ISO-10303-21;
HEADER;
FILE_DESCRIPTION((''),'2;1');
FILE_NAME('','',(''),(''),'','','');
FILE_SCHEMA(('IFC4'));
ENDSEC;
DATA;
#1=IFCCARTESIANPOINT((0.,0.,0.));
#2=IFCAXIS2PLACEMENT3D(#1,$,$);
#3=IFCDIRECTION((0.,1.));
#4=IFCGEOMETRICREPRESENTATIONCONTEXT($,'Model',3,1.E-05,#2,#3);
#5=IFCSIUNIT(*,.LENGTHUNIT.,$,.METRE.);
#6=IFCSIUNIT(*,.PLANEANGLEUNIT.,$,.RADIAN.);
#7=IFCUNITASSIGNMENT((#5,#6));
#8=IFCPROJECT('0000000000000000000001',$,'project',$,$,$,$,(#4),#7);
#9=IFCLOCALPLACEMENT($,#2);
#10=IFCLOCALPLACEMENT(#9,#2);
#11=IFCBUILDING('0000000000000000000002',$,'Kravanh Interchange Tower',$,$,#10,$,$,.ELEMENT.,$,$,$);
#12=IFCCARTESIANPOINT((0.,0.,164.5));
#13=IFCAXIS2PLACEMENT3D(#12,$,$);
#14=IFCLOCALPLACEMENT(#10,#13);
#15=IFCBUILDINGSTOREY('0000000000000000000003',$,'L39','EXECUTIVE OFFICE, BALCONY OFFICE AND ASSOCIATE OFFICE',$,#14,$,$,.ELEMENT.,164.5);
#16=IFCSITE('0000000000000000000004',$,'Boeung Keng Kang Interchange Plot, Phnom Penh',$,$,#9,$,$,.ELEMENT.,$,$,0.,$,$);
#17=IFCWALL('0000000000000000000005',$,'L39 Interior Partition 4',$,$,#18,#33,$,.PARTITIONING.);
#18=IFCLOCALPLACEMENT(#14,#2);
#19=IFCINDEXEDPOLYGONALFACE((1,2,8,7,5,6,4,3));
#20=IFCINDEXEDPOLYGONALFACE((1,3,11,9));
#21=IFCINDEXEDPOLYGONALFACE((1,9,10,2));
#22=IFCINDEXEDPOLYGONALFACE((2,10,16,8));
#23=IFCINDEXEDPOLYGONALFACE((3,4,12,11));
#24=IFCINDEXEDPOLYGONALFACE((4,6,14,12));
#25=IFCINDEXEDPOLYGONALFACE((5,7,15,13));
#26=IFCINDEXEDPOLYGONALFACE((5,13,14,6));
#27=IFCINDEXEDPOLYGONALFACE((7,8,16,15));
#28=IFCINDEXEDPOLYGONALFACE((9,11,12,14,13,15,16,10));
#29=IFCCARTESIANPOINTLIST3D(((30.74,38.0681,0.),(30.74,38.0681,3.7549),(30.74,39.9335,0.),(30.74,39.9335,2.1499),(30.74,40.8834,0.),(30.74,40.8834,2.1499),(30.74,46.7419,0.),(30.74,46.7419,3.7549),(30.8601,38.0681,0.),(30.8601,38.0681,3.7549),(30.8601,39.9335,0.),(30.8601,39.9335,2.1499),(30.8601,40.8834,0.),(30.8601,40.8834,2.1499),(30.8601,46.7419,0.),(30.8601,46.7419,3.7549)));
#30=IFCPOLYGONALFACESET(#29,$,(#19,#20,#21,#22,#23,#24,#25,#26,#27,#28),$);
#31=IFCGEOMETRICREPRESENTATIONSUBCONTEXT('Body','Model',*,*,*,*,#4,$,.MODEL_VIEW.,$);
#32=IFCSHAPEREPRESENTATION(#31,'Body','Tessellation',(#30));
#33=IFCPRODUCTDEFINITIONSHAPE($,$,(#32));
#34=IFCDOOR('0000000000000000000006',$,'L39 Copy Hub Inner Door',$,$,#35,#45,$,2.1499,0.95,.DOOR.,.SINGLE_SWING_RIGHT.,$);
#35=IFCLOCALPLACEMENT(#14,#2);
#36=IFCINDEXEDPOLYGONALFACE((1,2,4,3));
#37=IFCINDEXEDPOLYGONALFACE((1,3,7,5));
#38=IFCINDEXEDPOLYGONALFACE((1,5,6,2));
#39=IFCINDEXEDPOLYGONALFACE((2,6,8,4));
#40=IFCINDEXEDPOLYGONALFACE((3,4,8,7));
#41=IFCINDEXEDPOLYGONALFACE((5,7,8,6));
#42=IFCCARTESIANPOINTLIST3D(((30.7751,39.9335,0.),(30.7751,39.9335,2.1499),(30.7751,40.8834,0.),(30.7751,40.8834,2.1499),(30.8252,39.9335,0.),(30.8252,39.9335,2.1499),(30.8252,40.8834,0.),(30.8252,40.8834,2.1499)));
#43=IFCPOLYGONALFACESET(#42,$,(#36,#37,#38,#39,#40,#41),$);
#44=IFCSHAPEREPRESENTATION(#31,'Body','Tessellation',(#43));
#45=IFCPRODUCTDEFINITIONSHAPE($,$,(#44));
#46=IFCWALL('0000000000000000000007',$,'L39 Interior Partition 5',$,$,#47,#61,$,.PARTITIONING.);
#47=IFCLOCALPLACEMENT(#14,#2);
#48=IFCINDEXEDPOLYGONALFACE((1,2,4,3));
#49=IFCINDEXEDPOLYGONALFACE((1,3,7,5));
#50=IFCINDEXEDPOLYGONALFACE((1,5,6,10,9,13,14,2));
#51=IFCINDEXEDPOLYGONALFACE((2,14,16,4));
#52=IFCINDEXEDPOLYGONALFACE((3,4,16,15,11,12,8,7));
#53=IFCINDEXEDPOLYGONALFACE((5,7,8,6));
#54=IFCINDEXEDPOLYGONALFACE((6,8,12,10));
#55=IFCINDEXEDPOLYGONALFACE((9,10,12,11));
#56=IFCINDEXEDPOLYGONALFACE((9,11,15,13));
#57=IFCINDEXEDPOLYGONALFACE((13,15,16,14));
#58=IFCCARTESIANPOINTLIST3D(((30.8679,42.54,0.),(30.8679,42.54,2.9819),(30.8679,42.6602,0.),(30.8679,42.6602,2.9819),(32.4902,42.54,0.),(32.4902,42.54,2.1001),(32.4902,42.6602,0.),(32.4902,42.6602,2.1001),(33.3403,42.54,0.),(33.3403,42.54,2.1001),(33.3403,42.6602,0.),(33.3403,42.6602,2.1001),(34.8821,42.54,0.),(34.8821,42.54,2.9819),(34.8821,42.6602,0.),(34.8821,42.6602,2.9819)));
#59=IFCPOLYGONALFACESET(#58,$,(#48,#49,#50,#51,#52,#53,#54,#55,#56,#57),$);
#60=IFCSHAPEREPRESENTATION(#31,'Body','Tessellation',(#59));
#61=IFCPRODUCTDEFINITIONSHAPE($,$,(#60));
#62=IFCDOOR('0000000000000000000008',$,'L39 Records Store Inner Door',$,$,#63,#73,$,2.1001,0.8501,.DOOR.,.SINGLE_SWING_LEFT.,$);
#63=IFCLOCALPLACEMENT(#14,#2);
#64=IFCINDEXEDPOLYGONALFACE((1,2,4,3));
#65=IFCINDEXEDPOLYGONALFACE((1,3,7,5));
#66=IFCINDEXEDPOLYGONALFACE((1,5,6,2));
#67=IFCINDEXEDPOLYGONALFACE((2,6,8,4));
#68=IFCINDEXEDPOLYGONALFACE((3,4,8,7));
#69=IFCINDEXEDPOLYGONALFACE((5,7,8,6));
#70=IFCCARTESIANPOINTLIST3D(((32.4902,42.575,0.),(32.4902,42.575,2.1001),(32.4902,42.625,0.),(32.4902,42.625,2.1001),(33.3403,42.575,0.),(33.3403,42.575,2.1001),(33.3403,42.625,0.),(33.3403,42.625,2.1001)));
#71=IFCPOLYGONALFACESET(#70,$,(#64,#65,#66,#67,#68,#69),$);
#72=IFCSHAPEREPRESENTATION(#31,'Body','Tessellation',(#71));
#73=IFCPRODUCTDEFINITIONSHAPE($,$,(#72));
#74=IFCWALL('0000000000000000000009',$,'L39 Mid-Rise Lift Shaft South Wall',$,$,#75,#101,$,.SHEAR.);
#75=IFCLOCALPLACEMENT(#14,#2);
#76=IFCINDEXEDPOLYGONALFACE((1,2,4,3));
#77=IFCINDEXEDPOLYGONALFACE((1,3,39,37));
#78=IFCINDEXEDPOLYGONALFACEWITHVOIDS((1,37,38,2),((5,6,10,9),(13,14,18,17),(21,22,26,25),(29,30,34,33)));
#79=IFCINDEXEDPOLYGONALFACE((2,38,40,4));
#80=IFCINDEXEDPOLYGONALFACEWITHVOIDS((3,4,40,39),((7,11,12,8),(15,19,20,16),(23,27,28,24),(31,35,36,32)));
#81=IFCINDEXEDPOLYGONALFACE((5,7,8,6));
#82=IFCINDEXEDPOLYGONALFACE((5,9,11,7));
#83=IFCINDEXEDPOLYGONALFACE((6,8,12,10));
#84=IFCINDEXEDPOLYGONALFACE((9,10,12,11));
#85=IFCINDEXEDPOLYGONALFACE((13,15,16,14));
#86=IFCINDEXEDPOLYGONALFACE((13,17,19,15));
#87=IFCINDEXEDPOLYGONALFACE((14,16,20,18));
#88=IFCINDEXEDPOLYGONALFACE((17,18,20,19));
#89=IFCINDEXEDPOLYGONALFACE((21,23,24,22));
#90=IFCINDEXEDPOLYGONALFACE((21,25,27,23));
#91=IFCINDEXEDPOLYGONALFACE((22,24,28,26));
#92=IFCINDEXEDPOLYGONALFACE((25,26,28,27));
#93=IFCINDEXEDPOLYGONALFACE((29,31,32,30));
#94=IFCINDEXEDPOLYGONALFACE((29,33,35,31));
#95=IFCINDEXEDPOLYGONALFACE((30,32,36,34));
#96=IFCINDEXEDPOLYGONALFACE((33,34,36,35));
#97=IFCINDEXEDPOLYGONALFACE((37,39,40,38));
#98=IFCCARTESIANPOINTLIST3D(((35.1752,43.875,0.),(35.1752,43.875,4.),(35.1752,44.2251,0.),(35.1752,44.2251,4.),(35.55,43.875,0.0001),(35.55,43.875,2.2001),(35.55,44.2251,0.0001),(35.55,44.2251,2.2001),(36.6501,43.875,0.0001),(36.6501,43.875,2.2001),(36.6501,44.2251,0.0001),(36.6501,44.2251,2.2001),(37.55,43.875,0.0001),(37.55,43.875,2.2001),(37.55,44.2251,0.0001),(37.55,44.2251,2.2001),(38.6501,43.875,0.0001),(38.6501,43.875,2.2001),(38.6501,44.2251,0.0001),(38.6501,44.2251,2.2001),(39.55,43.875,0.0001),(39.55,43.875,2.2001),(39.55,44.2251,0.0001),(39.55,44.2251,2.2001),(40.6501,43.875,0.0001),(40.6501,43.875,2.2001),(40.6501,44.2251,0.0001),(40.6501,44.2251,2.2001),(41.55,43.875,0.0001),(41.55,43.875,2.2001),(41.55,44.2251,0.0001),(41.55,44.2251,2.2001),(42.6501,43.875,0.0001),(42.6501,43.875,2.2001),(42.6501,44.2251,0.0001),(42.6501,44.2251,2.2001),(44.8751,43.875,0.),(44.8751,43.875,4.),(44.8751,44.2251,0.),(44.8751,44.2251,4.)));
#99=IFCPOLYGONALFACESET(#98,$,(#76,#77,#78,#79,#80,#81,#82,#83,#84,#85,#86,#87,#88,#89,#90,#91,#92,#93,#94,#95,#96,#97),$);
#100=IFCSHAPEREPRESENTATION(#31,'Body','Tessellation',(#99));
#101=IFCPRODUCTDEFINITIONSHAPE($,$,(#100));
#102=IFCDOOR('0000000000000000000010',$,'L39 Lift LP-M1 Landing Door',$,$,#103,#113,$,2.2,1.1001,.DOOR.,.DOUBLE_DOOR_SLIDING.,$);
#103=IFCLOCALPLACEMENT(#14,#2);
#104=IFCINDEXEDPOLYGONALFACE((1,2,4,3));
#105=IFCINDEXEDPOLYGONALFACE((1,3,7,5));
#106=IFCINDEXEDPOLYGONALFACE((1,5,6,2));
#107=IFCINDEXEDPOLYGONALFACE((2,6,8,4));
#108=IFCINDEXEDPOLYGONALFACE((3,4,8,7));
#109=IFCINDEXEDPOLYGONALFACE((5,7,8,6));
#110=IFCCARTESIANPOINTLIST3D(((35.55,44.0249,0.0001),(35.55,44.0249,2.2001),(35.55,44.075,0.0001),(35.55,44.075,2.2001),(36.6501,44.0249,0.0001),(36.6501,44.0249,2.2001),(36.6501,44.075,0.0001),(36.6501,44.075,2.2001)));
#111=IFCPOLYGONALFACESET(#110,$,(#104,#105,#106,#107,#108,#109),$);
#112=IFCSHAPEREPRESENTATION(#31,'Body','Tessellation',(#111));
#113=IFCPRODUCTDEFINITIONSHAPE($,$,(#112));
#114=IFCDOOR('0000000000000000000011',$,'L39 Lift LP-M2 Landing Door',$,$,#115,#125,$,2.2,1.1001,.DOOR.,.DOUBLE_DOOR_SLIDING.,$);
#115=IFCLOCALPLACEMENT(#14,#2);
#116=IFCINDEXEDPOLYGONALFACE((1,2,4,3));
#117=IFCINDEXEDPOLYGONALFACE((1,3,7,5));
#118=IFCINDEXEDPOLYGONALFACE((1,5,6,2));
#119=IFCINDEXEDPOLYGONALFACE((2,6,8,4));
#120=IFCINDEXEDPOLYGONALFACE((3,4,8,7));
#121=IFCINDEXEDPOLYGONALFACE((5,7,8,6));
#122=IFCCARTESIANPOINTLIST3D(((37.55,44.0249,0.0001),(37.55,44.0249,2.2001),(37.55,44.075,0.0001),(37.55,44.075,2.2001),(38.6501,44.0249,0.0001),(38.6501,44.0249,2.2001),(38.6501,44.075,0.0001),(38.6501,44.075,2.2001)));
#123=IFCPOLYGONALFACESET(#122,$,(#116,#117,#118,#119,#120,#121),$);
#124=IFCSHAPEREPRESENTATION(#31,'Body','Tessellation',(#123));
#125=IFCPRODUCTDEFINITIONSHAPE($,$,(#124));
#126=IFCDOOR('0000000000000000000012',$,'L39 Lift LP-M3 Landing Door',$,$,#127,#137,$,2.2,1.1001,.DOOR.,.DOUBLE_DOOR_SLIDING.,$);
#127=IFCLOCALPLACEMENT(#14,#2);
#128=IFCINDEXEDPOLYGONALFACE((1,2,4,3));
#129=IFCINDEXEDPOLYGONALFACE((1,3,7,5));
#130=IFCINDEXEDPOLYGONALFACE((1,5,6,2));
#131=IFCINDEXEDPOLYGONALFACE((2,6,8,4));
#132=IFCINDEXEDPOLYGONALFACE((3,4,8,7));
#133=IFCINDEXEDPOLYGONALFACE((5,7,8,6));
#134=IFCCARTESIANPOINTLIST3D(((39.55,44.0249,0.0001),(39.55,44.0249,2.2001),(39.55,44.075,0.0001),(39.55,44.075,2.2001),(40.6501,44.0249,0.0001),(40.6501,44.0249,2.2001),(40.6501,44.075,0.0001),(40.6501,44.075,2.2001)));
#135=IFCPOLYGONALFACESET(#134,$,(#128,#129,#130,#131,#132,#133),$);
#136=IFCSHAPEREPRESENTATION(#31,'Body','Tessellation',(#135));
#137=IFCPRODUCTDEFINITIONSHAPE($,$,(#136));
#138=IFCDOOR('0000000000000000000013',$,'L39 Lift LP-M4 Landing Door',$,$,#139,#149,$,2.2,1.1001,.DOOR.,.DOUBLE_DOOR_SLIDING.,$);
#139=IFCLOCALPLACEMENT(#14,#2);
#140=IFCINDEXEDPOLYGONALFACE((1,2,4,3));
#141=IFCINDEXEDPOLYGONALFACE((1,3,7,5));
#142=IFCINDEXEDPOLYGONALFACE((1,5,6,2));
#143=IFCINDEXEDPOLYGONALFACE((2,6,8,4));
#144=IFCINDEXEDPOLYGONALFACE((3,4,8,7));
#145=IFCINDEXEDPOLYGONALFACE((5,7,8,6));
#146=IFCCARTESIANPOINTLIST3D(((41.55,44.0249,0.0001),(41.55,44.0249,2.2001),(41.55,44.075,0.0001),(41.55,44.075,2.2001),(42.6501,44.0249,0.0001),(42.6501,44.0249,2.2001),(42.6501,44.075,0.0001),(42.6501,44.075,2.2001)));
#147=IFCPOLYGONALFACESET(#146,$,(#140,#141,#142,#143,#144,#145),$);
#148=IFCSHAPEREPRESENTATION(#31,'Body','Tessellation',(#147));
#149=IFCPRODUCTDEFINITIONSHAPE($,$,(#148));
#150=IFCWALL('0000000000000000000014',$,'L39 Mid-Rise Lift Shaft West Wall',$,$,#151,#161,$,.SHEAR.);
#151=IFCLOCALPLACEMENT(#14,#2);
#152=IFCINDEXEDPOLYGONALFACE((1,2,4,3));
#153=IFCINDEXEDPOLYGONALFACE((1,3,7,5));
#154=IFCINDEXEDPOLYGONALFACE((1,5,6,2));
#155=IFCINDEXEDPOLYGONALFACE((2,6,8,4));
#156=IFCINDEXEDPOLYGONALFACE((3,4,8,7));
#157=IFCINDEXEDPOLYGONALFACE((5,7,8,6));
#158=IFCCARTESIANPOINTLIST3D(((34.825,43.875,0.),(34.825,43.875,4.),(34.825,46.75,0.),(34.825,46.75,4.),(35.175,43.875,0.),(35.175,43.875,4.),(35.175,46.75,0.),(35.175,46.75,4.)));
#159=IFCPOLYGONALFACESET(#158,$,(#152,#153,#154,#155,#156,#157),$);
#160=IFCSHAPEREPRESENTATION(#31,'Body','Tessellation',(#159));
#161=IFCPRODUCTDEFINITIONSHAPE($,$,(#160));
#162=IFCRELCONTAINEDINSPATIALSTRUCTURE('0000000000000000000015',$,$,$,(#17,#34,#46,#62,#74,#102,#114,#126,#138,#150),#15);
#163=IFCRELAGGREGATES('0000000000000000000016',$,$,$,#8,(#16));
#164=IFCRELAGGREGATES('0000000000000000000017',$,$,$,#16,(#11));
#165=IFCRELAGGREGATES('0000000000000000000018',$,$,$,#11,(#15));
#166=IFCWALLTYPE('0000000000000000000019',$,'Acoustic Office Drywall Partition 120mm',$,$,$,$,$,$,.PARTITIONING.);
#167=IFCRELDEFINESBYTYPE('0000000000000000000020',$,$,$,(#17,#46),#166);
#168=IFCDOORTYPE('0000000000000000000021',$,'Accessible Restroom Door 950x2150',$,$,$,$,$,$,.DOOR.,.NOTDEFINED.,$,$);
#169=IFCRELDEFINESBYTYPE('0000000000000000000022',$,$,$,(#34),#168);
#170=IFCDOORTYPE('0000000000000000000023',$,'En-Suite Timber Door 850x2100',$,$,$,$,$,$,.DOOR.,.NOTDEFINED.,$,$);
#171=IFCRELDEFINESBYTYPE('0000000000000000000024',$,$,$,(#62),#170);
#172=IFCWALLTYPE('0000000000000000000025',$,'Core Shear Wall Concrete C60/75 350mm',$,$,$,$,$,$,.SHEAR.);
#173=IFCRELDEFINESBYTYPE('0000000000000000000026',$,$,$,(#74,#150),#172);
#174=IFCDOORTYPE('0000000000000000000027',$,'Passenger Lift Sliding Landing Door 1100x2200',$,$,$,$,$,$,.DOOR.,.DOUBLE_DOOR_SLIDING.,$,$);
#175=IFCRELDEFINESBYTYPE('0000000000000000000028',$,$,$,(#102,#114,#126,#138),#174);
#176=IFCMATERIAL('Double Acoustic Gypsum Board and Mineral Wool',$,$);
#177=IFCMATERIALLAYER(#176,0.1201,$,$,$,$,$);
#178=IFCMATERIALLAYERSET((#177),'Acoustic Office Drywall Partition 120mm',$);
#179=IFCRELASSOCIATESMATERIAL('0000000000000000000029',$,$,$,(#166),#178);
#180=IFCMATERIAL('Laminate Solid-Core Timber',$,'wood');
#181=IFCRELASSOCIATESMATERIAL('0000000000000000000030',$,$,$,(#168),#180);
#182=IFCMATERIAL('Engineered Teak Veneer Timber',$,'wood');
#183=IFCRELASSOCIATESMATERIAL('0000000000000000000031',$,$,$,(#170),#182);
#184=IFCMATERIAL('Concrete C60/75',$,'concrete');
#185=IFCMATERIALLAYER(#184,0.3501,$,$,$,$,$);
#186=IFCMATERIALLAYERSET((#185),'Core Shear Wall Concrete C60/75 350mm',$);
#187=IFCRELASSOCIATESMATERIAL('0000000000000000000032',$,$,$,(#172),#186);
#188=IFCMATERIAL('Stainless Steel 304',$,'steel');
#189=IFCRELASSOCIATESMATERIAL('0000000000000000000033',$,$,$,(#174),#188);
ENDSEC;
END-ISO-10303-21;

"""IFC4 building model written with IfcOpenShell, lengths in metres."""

from ifc_helpers import new_model, si_unit, direction, frame, frame_2d, origin, place, context, subcontext, project, spatial, rectangle, extrude, material, layer, layer_set, type_object, element, fill, save


model = new_model("IFC4")

# Units and contexts
model_context = context("Model", 3, precision=1e-05, world=origin(), true_north=direction((0.0, 1.0)))
body_context = subcontext(model_context, "Body", "Model", "MODEL_VIEW")
ifc_project = project(units=[si_unit("LENGTHUNIT", "METRE"), si_unit("PLANEANGLEUNIT", "RADIAN")], contexts=[model_context])

# Site, building, storey
site_placement = place(None, origin())
site = spatial("IfcSite", under=ifc_project, at=site_placement, Name="Boeung Keng Kang Interchange Plot, Phnom Penh", CompositionType="ELEMENT", RefElevation=0.0)
building_placement = place(site_placement, origin())
building = spatial("IfcBuilding", under=site, at=building_placement, Name="Kravanh Interchange Tower", CompositionType="ELEMENT")
storey_placement = place(building_placement, frame((0.0, 0.0, 164.5)))
storey = spatial("IfcBuildingStorey", under=building, at=storey_placement, Name="L39", Description="EXECUTIVE OFFICE, BALCONY OFFICE AND ASSOCIATE OFFICE", CompositionType="ELEMENT", Elevation=164.5)

# Walls, openings, doors
ifc_material_1 = material(Name="Double Acoustic Gypsum Board and Mineral Wool")
ifc_layer_1 = layer(ifc_material_1, 0.1201)
ifc_layer_set_1 = layer_set([ifc_layer_1], Name="Acoustic Office Drywall Partition 120mm")
wall_type_1 = type_object("IfcWallType", Name="Acoustic Office Drywall Partition 120mm", PredefinedType="PARTITIONING", material=ifc_layer_set_1)
wall_1_placement = place(storey_placement, frame((30.8, 38.0681, 0.0), z_axis=(0.0, 0.0, 1.0), x_axis=(0.0, 1.0, 0.0)))
wall_1 = element("IfcWall", 1, at=wall_1_placement, inside=storey, type_object=wall_type_1, Name="L39 Interior Partition 4", PredefinedType="PARTITIONING", context=body_context, shape_type="SweptSolid", body=[
    extrude(rectangle(XDim=8.6738, YDim=0.1201, at=frame_2d((4.3369, 0.0))), origin(), (0.0, 0.0, 1.0), 3.7549),
])
opening_1_placement = place(wall_1_placement, frame((1.8652, 0.0, 0.0)))
opening_1 = element("IfcOpeningElement", 2, at=opening_1_placement, cuts=wall_1, PredefinedType="OPENING", context=body_context, shape_type="SweptSolid", body=[
    extrude(rectangle(XDim=0.95, YDim=2.1499, at=frame_2d((0.4751, 1.075))), frame((0.0, 0.0701, 0.0), z_axis=(0.0, -1.0, 0.0), x_axis=(1.0, 0.0, 0.0)), (0.0, 0.0, 1.0), 0.1401),
])
ifc_material_2 = material(Name="Laminate Solid-Core Timber", Category="wood")
door_type_1 = type_object("IfcDoorType", Name="Accessible Restroom Door 950x2150", OperationType="NOTDEFINED", PredefinedType="DOOR", material=ifc_material_2)
door_1_placement = place(opening_1_placement, origin())
door_1 = element("IfcDoor", 3, at=door_1_placement, inside=storey, type_object=door_type_1, Name="L39 Copy Hub Inner Door", OperationType="SINGLE_SWING_RIGHT", OverallHeight=2.1499, OverallWidth=0.95, PredefinedType="DOOR", context=body_context, shape_type="SweptSolid", body=[
    extrude(rectangle(XDim=0.95, YDim=2.1499, at=frame_2d((0.4751, 1.075))), frame((0.0, 0.0249, 0.0), z_axis=(0.0, -1.0, 0.0), x_axis=(1.0, 0.0, 0.0)), (0.0, 0.0, 1.0), 0.05),
])
fill(opening_1, door_1)
wall_2_placement = place(storey_placement, frame((30.8679, 42.6001, 0.0), z_axis=(0.0, 0.0, 1.0), x_axis=(1.0, 0.0, 0.0)))
wall_2 = element("IfcWall", 4, at=wall_2_placement, inside=storey, type_object=wall_type_1, Name="L39 Interior Partition 5", PredefinedType="PARTITIONING", context=body_context, shape_type="SweptSolid", body=[
    extrude(rectangle(XDim=4.0142, YDim=0.1201, at=frame_2d((2.0071, 0.0))), origin(), (0.0, 0.0, 1.0), 2.9819),
])
opening_2_placement = place(wall_2_placement, frame((1.6223, 0.0, 0.0)))
opening_2 = element("IfcOpeningElement", 5, at=opening_2_placement, cuts=wall_2, PredefinedType="OPENING", context=body_context, shape_type="SweptSolid", body=[
    extrude(rectangle(XDim=0.8501, YDim=2.1001, at=frame_2d((0.425, 1.05))), frame((0.0, 0.0701, 0.0), z_axis=(0.0, -1.0, 0.0), x_axis=(1.0, 0.0, 0.0)), (0.0, 0.0, 1.0), 0.1401),
])
ifc_material_3 = material(Name="Engineered Teak Veneer Timber", Category="wood")
door_type_2 = type_object("IfcDoorType", Name="En-Suite Timber Door 850x2100", OperationType="NOTDEFINED", PredefinedType="DOOR", material=ifc_material_3)
door_2_placement = place(opening_2_placement, origin())
door_2 = element("IfcDoor", 6, at=door_2_placement, inside=storey, type_object=door_type_2, Name="L39 Records Store Inner Door", OperationType="SINGLE_SWING_LEFT", OverallHeight=2.1001, OverallWidth=0.8501, PredefinedType="DOOR", context=body_context, shape_type="SweptSolid", body=[
    extrude(rectangle(XDim=0.8501, YDim=2.1001, at=frame_2d((0.425, 1.05))), frame((0.0, 0.0249, 0.0), z_axis=(0.0, -1.0, 0.0), x_axis=(1.0, 0.0, 0.0)), (0.0, 0.0, 1.0), 0.05),
])
fill(opening_2, door_2)

# Wall, openings, doors
ifc_material_4 = material(Name="Concrete C60/75", Category="concrete")
ifc_layer_2 = layer(ifc_material_4, 0.3501)
ifc_layer_set_2 = layer_set([ifc_layer_2], Name="Core Shear Wall Concrete C60/75 350mm")
wall_type_2 = type_object("IfcWallType", Name="Core Shear Wall Concrete C60/75 350mm", PredefinedType="SHEAR", material=ifc_layer_set_2)
wall_3_placement = place(storey_placement, frame((35.175, 44.05, 0.0), z_axis=(0.0, 0.0, 1.0), x_axis=(1.0, 0.0, 0.0)))
wall_3 = element("IfcWall", 7, at=wall_3_placement, inside=storey, type_object=wall_type_2, Name="L39 Mid-Rise Lift Shaft South Wall", PredefinedType="SHEAR", context=body_context, shape_type="SweptSolid", body=[
    extrude(rectangle(XDim=9.7, YDim=0.3501, at=frame_2d((4.8501, 0.0))), origin(), (0.0, 0.0, 1.0), 4.0),
])
opening_3_placement = place(wall_3_placement, frame((0.375, 0.0, 0.0)))
opening_3 = element("IfcOpeningElement", 8, at=opening_3_placement, cuts=wall_3, PredefinedType="OPENING", context=body_context, shape_type="SweptSolid", body=[
    extrude(rectangle(XDim=1.1001, YDim=2.2, at=frame_2d((0.55, 1.1001))), frame((0.0, 0.1851, 0.0), z_axis=(0.0, -1.0, 0.0), x_axis=(1.0, 0.0, 0.0)), (0.0, 0.0, 1.0), 0.3701),
])
opening_4_placement = place(wall_3_placement, frame((2.375, 0.0, 0.0)))
opening_4 = element("IfcOpeningElement", 9, at=opening_4_placement, cuts=wall_3, PredefinedType="OPENING", context=body_context, shape_type="SweptSolid", body=[
    extrude(rectangle(XDim=1.1001, YDim=2.2, at=frame_2d((0.55, 1.1001))), frame((0.0, 0.1851, 0.0), z_axis=(0.0, -1.0, 0.0), x_axis=(1.0, 0.0, 0.0)), (0.0, 0.0, 1.0), 0.3701),
])
opening_5_placement = place(wall_3_placement, frame((4.375, 0.0, 0.0)))
opening_5 = element("IfcOpeningElement", 10, at=opening_5_placement, cuts=wall_3, PredefinedType="OPENING", context=body_context, shape_type="SweptSolid", body=[
    extrude(rectangle(XDim=1.1001, YDim=2.2, at=frame_2d((0.55, 1.1001))), frame((0.0, 0.1851, 0.0), z_axis=(0.0, -1.0, 0.0), x_axis=(1.0, 0.0, 0.0)), (0.0, 0.0, 1.0), 0.3701),
])
opening_6_placement = place(wall_3_placement, frame((6.375, 0.0, 0.0)))
opening_6 = element("IfcOpeningElement", 11, at=opening_6_placement, cuts=wall_3, PredefinedType="OPENING", context=body_context, shape_type="SweptSolid", body=[
    extrude(rectangle(XDim=1.1001, YDim=2.2, at=frame_2d((0.55, 1.1001))), frame((0.0, 0.1851, 0.0), z_axis=(0.0, -1.0, 0.0), x_axis=(1.0, 0.0, 0.0)), (0.0, 0.0, 1.0), 0.3701),
])
ifc_material_5 = material(Name="Stainless Steel 304", Category="steel")
door_type_3 = type_object("IfcDoorType", Name="Passenger Lift Sliding Landing Door 1100x2200", OperationType="DOUBLE_DOOR_SLIDING", PredefinedType="DOOR", material=ifc_material_5)
door_3_placement = place(opening_3_placement, origin())
door_3 = element("IfcDoor", 12, at=door_3_placement, inside=storey, type_object=door_type_3, Name="L39 Lift LP-M1 Landing Door", OperationType="DOUBLE_DOOR_SLIDING", OverallHeight=2.2, OverallWidth=1.1001, PredefinedType="DOOR", context=body_context, shape_type="SweptSolid", body=[
    extrude(rectangle(XDim=1.1001, YDim=2.2, at=frame_2d((0.55, 1.1001))), frame((0.0, 0.0249, 0.0), z_axis=(0.0, -1.0, 0.0), x_axis=(1.0, 0.0, 0.0)), (0.0, 0.0, 1.0), 0.05),
])
fill(opening_3, door_3)
door_4_placement = place(opening_4_placement, origin())
door_4 = element("IfcDoor", 13, at=door_4_placement, inside=storey, type_object=door_type_3, Name="L39 Lift LP-M2 Landing Door", OperationType="DOUBLE_DOOR_SLIDING", OverallHeight=2.2, OverallWidth=1.1001, PredefinedType="DOOR", context=body_context, shape_type="SweptSolid", body=[
    extrude(rectangle(XDim=1.1001, YDim=2.2, at=frame_2d((0.55, 1.1001))), frame((0.0, 0.0249, 0.0), z_axis=(0.0, -1.0, 0.0), x_axis=(1.0, 0.0, 0.0)), (0.0, 0.0, 1.0), 0.05),
])
fill(opening_4, door_4)
door_5_placement = place(opening_5_placement, origin())
door_5 = element("IfcDoor", 14, at=door_5_placement, inside=storey, type_object=door_type_3, Name="L39 Lift LP-M3 Landing Door", OperationType="DOUBLE_DOOR_SLIDING", OverallHeight=2.2, OverallWidth=1.1001, PredefinedType="DOOR", context=body_context, shape_type="SweptSolid", body=[
    extrude(rectangle(XDim=1.1001, YDim=2.2, at=frame_2d((0.55, 1.1001))), frame((0.0, 0.0249, 0.0), z_axis=(0.0, -1.0, 0.0), x_axis=(1.0, 0.0, 0.0)), (0.0, 0.0, 1.0), 0.05),
])
fill(opening_5, door_5)
door_6_placement = place(opening_6_placement, origin())
door_6 = element("IfcDoor", 15, at=door_6_placement, inside=storey, type_object=door_type_3, Name="L39 Lift LP-M4 Landing Door", OperationType="DOUBLE_DOOR_SLIDING", OverallHeight=2.2, OverallWidth=1.1001, PredefinedType="DOOR", context=body_context, shape_type="SweptSolid", body=[
    extrude(rectangle(XDim=1.1001, YDim=2.2, at=frame_2d((0.55, 1.1001))), frame((0.0, 0.0249, 0.0), z_axis=(0.0, -1.0, 0.0), x_axis=(1.0, 0.0, 0.0)), (0.0, 0.0, 1.0), 0.05),
])
fill(opening_6, door_6)

# Wall
wall_4_placement = place(storey_placement, frame((35.0, 43.875, 0.0), z_axis=(0.0, 0.0, 1.0), x_axis=(0.0, 1.0, 0.0)))
element("IfcWall", 16, at=wall_4_placement, inside=storey, type_object=wall_type_2, Name="L39 Mid-Rise Lift Shaft West Wall", PredefinedType="SHEAR", context=body_context, shape_type="SweptSolid", body=[
    extrude(rectangle(XDim=2.875, YDim=0.3501, at=frame_2d((1.4375, 0.0))), origin(), (0.0, 0.0, 1.0), 4.0),
])

save(model, "model.ifc")
